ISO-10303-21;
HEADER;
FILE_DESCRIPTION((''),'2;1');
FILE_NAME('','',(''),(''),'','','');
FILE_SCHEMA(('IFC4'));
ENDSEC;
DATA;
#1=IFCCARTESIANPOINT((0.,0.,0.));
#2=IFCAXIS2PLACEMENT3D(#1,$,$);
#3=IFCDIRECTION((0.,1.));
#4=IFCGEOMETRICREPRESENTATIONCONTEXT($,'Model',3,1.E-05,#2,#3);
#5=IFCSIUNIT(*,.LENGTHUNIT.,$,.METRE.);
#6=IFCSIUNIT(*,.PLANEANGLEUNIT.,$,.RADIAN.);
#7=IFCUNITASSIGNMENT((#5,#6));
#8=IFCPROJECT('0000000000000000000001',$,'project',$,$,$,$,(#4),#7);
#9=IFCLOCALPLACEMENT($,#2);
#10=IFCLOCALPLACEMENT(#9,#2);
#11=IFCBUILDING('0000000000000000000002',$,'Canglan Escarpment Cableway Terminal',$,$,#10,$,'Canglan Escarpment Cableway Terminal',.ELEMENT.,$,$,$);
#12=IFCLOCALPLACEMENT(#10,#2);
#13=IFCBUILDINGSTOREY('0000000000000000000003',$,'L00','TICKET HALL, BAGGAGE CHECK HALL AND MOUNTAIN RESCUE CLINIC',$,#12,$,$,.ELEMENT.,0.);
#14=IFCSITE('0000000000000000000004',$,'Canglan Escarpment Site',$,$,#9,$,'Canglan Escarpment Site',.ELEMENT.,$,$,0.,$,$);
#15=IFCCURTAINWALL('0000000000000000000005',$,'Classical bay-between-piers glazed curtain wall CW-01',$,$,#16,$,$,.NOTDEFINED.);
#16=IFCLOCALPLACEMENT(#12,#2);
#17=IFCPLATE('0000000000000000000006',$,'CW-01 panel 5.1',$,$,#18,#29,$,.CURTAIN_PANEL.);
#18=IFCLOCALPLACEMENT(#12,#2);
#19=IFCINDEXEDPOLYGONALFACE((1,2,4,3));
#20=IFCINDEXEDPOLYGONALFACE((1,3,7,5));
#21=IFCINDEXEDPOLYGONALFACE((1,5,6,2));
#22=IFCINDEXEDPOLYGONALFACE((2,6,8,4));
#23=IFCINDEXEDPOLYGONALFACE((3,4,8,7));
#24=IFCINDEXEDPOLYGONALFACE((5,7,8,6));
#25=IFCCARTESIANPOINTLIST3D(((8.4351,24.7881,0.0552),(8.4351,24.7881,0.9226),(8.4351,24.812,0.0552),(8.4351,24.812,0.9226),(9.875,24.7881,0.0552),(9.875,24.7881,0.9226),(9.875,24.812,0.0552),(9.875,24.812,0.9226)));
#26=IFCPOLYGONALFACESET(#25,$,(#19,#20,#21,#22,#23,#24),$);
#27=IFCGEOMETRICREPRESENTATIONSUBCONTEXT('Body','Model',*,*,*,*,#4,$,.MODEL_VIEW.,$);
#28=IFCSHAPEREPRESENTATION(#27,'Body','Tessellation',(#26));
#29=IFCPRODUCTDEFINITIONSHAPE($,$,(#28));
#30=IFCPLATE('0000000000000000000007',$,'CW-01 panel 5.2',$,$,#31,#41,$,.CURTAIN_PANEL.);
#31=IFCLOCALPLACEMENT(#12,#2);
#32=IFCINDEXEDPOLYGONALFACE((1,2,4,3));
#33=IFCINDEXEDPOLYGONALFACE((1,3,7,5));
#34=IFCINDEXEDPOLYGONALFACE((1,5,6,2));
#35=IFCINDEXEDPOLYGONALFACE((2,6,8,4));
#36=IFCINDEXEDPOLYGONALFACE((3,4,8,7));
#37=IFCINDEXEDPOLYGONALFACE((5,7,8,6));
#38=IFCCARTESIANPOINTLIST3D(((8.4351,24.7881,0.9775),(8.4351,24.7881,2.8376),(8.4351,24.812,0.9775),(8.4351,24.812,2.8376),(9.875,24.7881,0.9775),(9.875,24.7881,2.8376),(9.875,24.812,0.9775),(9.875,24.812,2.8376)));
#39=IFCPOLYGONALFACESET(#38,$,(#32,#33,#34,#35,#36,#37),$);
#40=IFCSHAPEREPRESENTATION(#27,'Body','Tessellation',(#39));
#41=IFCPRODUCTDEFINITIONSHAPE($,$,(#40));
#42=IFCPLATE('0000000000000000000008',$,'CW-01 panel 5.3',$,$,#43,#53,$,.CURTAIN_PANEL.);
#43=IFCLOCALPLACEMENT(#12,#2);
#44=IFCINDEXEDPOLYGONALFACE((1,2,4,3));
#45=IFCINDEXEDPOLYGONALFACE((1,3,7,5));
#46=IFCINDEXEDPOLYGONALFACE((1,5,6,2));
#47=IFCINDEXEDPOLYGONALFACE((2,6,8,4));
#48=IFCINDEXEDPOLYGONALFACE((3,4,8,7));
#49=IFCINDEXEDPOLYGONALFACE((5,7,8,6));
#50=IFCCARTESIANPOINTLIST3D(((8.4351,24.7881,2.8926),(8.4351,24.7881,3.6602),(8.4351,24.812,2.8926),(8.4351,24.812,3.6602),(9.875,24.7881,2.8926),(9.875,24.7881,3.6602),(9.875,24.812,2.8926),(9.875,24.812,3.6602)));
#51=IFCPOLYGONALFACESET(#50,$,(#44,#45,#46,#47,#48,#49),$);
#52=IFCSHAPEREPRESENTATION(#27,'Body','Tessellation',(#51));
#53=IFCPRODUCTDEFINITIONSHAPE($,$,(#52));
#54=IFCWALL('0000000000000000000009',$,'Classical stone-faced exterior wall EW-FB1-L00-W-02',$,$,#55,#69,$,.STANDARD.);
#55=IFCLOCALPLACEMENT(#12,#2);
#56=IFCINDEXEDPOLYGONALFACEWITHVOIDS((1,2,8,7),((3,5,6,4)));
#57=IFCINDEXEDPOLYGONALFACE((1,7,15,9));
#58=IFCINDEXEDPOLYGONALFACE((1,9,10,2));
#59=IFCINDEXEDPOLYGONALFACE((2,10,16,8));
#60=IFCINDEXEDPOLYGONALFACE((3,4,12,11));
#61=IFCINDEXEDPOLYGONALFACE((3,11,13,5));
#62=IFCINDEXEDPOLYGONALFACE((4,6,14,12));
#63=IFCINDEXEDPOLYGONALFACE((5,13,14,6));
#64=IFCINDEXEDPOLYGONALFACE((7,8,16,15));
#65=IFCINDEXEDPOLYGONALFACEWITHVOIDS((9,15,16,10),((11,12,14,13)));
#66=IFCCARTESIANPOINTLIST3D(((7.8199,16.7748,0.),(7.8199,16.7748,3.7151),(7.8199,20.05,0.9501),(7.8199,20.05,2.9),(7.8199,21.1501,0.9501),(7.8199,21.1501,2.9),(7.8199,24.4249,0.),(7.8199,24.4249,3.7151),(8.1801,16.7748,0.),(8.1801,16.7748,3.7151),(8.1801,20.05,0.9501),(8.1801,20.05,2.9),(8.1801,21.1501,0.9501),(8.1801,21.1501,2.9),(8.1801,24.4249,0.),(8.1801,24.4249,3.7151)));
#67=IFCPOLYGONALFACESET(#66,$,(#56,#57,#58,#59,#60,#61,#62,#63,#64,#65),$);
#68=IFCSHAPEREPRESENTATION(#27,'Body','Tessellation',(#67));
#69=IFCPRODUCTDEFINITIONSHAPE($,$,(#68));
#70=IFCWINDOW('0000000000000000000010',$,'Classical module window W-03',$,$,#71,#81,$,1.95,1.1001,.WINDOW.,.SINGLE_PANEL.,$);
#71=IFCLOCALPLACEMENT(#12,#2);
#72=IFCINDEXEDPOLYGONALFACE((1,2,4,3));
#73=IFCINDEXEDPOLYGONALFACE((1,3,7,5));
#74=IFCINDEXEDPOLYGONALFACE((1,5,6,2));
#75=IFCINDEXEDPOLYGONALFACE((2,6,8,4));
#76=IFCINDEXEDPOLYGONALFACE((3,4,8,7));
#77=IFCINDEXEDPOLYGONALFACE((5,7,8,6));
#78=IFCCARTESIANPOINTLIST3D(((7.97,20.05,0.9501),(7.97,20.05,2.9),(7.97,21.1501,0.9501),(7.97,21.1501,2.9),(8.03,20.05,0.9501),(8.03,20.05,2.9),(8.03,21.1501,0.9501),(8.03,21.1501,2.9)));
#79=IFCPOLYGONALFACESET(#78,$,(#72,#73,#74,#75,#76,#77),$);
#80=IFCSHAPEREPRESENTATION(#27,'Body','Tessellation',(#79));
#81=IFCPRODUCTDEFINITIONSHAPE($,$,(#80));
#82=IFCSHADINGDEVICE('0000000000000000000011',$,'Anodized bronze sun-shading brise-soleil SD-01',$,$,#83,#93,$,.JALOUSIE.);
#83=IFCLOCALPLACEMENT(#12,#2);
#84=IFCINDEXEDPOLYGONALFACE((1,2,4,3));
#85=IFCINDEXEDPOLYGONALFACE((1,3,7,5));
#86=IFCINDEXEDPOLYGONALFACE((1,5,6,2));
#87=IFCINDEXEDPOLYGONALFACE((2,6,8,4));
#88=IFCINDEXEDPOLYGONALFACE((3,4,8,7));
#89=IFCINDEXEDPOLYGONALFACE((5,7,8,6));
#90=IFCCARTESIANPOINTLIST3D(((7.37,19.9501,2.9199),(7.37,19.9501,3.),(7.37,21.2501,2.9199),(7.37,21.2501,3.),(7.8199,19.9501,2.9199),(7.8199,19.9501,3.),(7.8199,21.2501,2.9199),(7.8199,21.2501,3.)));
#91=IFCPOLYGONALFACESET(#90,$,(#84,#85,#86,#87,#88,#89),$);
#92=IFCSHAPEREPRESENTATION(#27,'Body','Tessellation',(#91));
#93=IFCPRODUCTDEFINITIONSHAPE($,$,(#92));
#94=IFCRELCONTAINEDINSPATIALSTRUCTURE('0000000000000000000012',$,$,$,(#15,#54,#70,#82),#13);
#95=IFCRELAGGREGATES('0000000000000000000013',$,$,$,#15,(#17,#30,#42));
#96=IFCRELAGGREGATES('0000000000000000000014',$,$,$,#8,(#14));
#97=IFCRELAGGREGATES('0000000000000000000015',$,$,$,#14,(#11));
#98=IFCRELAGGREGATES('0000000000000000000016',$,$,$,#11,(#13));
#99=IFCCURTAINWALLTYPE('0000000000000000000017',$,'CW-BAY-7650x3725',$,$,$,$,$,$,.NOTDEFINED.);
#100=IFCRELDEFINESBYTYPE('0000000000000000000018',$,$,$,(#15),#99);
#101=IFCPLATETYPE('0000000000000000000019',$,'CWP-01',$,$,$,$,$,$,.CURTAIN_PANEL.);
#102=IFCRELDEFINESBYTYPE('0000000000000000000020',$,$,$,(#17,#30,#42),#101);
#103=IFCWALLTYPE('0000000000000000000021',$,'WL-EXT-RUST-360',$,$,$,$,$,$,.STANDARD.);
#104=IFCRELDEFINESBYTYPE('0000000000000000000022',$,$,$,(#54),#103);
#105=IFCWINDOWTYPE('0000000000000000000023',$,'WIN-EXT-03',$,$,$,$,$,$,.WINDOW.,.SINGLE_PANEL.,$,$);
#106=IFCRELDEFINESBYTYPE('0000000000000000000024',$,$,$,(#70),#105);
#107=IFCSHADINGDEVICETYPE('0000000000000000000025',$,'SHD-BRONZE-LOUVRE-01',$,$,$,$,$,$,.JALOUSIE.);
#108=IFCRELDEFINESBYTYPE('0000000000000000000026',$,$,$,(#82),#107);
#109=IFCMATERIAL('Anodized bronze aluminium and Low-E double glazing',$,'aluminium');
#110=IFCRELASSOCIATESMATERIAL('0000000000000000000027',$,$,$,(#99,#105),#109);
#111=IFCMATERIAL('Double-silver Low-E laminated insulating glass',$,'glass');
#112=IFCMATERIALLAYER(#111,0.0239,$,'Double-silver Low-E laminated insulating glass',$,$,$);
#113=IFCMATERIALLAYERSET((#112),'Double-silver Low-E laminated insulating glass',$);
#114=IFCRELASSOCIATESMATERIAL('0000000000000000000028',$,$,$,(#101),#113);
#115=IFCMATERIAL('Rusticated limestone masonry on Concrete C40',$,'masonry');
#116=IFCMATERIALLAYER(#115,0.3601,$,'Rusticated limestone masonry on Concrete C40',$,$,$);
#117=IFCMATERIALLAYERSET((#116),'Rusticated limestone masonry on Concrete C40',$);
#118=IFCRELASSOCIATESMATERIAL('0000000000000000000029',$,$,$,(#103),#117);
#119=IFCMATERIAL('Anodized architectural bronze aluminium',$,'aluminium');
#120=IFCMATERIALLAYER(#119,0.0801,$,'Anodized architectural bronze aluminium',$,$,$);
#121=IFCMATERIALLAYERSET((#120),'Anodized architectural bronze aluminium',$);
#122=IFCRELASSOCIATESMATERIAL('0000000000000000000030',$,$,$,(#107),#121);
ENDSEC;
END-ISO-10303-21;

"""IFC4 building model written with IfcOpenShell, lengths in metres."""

from ifc_helpers import new_model, si_unit, direction, frame, frame_2d, origin, origin_2d, place, context, subcontext, project, spatial, rectangle, extrude, material, layer, layer_set, type_object, element, fill, aggregate, save


model = new_model("IFC4")

# Units and contexts
model_context = context("Model", 3, precision=1e-05, world=origin(), true_north=direction((0.0, 1.0)))
body_context = subcontext(model_context, "Body", "Model", "MODEL_VIEW")
ifc_project = project(units=[si_unit("LENGTHUNIT", "METRE"), si_unit("PLANEANGLEUNIT", "RADIAN")], contexts=[model_context])

# Site, building, storey
site_placement = place(None, origin())
site = spatial("IfcSite", under=ifc_project, at=site_placement, Name="Canglan Escarpment Site", LongName="Canglan Escarpment Site", CompositionType="ELEMENT", RefElevation=0.0)
building_placement = place(site_placement, origin())
building = spatial("IfcBuilding", under=site, at=building_placement, Name="Canglan Escarpment Cableway Terminal", LongName="Canglan Escarpment Cableway Terminal", CompositionType="ELEMENT")
storey_placement = place(building_placement, origin())
storey = spatial("IfcBuildingStorey", under=building, at=storey_placement, Name="L00", Description="TICKET HALL, BAGGAGE CHECK HALL AND MOUNTAIN RESCUE CLINIC", CompositionType="ELEMENT", Elevation=0.0)

# Curtain wall
ifc_material_1 = material(Name="Anodized bronze aluminium and Low-E double glazing", Category="aluminium")
curtain_wall_type = type_object("IfcCurtainWallType", Name="CW-BAY-7650x3725", PredefinedType="NOTDEFINED", material=ifc_material_1)
curtain_wall_placement = place(storey_placement, origin())
curtain_wall = element("IfcCurtainWall", 1, at=curtain_wall_placement, inside=storey, type_object=curtain_wall_type, Name="Classical bay-between-piers glazed curtain wall CW-01", PredefinedType="NOTDEFINED")

# Plates
ifc_material_2 = material(Name="Double-silver Low-E laminated insulating glass", Category="glass")
ifc_layer_1 = layer(ifc_material_2, 0.0239, Name="Double-silver Low-E laminated insulating glass")
ifc_layer_set_1 = layer_set([ifc_layer_1], Name="Double-silver Low-E laminated insulating glass")
plate_type = type_object("IfcPlateType", Name="CWP-01", PredefinedType="CURTAIN_PANEL", material=ifc_layer_set_1)
plate_1_placement = place(storey_placement, frame((9.155, 24.8, 0.0552), z_axis=(0.0, 0.0, 1.0), x_axis=(-1.0, 0.0, 0.0)))
plate_1 = element("IfcPlate", 2, at=plate_1_placement, type_object=plate_type, Name="CW-01 panel 5.1", PredefinedType="CURTAIN_PANEL", context=body_context, shape_type="SweptSolid", body=[
    extrude(rectangle(XDim=1.4399, YDim=0.0239, at=origin_2d()), origin(), (0.0, 0.0, 1.0), 0.8674),
])
plate_2_placement = place(storey_placement, frame((9.155, 24.8, 0.9775), z_axis=(0.0, 0.0, 1.0), x_axis=(-1.0, 0.0, 0.0)))
plate_2 = element("IfcPlate", 3, at=plate_2_placement, type_object=plate_type, Name="CW-01 panel 5.2", PredefinedType="CURTAIN_PANEL", context=body_context, shape_type="SweptSolid", body=[
    extrude(rectangle(XDim=1.4399, YDim=0.0239, at=origin_2d()), origin(), (0.0, 0.0, 1.0), 1.8601),
])
plate_3_placement = place(storey_placement, frame((9.155, 24.8, 2.8926), z_axis=(0.0, 0.0, 1.0), x_axis=(-1.0, 0.0, 0.0)))
plate_3 = element("IfcPlate", 4, at=plate_3_placement, type_object=plate_type, Name="CW-01 panel 5.3", PredefinedType="CURTAIN_PANEL", context=body_context, shape_type="SweptSolid", body=[
    extrude(rectangle(XDim=1.4399, YDim=0.0239, at=origin_2d()), origin(), (0.0, 0.0, 1.0), 0.7676),
])
aggregate(curtain_wall, [plate_1, plate_2, plate_3])

# Wall, opening, window
ifc_material_3 = material(Name="Rusticated limestone masonry on Concrete C40", Category="masonry")
ifc_layer_2 = layer(ifc_material_3, 0.3601, Name="Rusticated limestone masonry on Concrete C40")
ifc_layer_set_2 = layer_set([ifc_layer_2], Name="Rusticated limestone masonry on Concrete C40")
wall_type = type_object("IfcWallType", Name="WL-EXT-RUST-360", PredefinedType="STANDARD", material=ifc_layer_set_2)
wall_placement = place(storey_placement, frame((8.0, 24.425, 0.0), z_axis=(0.0, 0.0, 1.0), x_axis=(0.0, -1.0, 0.0)))
wall = element("IfcWall", 5, at=wall_placement, inside=storey, type_object=wall_type, Name="Classical stone-faced exterior wall EW-FB1-L00-W-02", PredefinedType="STANDARD", context=body_context, shape_type="SweptSolid", body=[
    extrude(rectangle(XDim=7.6501, YDim=0.3601, at=frame_2d((3.8252, 0.0))), origin(), (0.0, 0.0, 1.0), 3.7151),
])
opening_placement = place(wall_placement, frame((3.2749, 0.0, 0.95)))
opening = element("IfcOpeningElement", 6, at=opening_placement, cuts=wall, PredefinedType="OPENING", context=body_context, shape_type="SweptSolid", body=[
    extrude(rectangle(XDim=1.1001, YDim=1.95, at=frame_2d((0.55, 0.9751))), frame((0.0, 0.1899, 0.0), z_axis=(0.0, -1.0, 0.0), x_axis=(1.0, 0.0, 0.0)), (0.0, 0.0, 1.0), 0.3801),
])
window_type = type_object("IfcWindowType", Name="WIN-EXT-03", PartitioningType="SINGLE_PANEL", PredefinedType="WINDOW", material=ifc_material_1)
window_placement = place(opening_placement, origin())
window = element("IfcWindow", 7, at=window_placement, inside=storey, type_object=window_type, Name="Classical module window W-03", OverallHeight=1.95, OverallWidth=1.1001, PartitioningType="SINGLE_PANEL", PredefinedType="WINDOW", context=body_context, shape_type="SweptSolid", body=[
    extrude(rectangle(XDim=1.1001, YDim=1.95, at=frame_2d((0.55, 0.9751))), frame((0.0, 0.03, 0.0), z_axis=(0.0, -1.0, 0.0), x_axis=(1.0, 0.0, 0.0)), (0.0, 0.0, 1.0), 0.0601),
])
fill(opening, window)

# Shading device
ifc_material_4 = material(Name="Anodized architectural bronze aluminium", Category="aluminium")
ifc_layer_3 = layer(ifc_material_4, 0.0801, Name="Anodized architectural bronze aluminium")
ifc_layer_set_3 = layer_set([ifc_layer_3], Name="Anodized architectural bronze aluminium")
shading_device_type = type_object("IfcShadingDeviceType", Name="SHD-BRONZE-LOUVRE-01", PredefinedType="JALOUSIE", material=ifc_layer_set_3)
shading_device_placement = place(storey_placement, frame((7.595, 20.6001, 2.9199), z_axis=(0.0, 0.0, 1.0), x_axis=(0.0, -1.0, 0.0)))
element("IfcShadingDevice", 8, at=shading_device_placement, inside=storey, type_object=shading_device_type, Name="Anodized bronze sun-shading brise-soleil SD-01", PredefinedType="JALOUSIE", context=body_context, shape_type="SweptSolid", body=[
    extrude(rectangle(XDim=1.3, YDim=0.45, at=origin_2d()), origin(), (0.0, 0.0, 1.0), 0.0801),
])

save(model, "model.ifc")
